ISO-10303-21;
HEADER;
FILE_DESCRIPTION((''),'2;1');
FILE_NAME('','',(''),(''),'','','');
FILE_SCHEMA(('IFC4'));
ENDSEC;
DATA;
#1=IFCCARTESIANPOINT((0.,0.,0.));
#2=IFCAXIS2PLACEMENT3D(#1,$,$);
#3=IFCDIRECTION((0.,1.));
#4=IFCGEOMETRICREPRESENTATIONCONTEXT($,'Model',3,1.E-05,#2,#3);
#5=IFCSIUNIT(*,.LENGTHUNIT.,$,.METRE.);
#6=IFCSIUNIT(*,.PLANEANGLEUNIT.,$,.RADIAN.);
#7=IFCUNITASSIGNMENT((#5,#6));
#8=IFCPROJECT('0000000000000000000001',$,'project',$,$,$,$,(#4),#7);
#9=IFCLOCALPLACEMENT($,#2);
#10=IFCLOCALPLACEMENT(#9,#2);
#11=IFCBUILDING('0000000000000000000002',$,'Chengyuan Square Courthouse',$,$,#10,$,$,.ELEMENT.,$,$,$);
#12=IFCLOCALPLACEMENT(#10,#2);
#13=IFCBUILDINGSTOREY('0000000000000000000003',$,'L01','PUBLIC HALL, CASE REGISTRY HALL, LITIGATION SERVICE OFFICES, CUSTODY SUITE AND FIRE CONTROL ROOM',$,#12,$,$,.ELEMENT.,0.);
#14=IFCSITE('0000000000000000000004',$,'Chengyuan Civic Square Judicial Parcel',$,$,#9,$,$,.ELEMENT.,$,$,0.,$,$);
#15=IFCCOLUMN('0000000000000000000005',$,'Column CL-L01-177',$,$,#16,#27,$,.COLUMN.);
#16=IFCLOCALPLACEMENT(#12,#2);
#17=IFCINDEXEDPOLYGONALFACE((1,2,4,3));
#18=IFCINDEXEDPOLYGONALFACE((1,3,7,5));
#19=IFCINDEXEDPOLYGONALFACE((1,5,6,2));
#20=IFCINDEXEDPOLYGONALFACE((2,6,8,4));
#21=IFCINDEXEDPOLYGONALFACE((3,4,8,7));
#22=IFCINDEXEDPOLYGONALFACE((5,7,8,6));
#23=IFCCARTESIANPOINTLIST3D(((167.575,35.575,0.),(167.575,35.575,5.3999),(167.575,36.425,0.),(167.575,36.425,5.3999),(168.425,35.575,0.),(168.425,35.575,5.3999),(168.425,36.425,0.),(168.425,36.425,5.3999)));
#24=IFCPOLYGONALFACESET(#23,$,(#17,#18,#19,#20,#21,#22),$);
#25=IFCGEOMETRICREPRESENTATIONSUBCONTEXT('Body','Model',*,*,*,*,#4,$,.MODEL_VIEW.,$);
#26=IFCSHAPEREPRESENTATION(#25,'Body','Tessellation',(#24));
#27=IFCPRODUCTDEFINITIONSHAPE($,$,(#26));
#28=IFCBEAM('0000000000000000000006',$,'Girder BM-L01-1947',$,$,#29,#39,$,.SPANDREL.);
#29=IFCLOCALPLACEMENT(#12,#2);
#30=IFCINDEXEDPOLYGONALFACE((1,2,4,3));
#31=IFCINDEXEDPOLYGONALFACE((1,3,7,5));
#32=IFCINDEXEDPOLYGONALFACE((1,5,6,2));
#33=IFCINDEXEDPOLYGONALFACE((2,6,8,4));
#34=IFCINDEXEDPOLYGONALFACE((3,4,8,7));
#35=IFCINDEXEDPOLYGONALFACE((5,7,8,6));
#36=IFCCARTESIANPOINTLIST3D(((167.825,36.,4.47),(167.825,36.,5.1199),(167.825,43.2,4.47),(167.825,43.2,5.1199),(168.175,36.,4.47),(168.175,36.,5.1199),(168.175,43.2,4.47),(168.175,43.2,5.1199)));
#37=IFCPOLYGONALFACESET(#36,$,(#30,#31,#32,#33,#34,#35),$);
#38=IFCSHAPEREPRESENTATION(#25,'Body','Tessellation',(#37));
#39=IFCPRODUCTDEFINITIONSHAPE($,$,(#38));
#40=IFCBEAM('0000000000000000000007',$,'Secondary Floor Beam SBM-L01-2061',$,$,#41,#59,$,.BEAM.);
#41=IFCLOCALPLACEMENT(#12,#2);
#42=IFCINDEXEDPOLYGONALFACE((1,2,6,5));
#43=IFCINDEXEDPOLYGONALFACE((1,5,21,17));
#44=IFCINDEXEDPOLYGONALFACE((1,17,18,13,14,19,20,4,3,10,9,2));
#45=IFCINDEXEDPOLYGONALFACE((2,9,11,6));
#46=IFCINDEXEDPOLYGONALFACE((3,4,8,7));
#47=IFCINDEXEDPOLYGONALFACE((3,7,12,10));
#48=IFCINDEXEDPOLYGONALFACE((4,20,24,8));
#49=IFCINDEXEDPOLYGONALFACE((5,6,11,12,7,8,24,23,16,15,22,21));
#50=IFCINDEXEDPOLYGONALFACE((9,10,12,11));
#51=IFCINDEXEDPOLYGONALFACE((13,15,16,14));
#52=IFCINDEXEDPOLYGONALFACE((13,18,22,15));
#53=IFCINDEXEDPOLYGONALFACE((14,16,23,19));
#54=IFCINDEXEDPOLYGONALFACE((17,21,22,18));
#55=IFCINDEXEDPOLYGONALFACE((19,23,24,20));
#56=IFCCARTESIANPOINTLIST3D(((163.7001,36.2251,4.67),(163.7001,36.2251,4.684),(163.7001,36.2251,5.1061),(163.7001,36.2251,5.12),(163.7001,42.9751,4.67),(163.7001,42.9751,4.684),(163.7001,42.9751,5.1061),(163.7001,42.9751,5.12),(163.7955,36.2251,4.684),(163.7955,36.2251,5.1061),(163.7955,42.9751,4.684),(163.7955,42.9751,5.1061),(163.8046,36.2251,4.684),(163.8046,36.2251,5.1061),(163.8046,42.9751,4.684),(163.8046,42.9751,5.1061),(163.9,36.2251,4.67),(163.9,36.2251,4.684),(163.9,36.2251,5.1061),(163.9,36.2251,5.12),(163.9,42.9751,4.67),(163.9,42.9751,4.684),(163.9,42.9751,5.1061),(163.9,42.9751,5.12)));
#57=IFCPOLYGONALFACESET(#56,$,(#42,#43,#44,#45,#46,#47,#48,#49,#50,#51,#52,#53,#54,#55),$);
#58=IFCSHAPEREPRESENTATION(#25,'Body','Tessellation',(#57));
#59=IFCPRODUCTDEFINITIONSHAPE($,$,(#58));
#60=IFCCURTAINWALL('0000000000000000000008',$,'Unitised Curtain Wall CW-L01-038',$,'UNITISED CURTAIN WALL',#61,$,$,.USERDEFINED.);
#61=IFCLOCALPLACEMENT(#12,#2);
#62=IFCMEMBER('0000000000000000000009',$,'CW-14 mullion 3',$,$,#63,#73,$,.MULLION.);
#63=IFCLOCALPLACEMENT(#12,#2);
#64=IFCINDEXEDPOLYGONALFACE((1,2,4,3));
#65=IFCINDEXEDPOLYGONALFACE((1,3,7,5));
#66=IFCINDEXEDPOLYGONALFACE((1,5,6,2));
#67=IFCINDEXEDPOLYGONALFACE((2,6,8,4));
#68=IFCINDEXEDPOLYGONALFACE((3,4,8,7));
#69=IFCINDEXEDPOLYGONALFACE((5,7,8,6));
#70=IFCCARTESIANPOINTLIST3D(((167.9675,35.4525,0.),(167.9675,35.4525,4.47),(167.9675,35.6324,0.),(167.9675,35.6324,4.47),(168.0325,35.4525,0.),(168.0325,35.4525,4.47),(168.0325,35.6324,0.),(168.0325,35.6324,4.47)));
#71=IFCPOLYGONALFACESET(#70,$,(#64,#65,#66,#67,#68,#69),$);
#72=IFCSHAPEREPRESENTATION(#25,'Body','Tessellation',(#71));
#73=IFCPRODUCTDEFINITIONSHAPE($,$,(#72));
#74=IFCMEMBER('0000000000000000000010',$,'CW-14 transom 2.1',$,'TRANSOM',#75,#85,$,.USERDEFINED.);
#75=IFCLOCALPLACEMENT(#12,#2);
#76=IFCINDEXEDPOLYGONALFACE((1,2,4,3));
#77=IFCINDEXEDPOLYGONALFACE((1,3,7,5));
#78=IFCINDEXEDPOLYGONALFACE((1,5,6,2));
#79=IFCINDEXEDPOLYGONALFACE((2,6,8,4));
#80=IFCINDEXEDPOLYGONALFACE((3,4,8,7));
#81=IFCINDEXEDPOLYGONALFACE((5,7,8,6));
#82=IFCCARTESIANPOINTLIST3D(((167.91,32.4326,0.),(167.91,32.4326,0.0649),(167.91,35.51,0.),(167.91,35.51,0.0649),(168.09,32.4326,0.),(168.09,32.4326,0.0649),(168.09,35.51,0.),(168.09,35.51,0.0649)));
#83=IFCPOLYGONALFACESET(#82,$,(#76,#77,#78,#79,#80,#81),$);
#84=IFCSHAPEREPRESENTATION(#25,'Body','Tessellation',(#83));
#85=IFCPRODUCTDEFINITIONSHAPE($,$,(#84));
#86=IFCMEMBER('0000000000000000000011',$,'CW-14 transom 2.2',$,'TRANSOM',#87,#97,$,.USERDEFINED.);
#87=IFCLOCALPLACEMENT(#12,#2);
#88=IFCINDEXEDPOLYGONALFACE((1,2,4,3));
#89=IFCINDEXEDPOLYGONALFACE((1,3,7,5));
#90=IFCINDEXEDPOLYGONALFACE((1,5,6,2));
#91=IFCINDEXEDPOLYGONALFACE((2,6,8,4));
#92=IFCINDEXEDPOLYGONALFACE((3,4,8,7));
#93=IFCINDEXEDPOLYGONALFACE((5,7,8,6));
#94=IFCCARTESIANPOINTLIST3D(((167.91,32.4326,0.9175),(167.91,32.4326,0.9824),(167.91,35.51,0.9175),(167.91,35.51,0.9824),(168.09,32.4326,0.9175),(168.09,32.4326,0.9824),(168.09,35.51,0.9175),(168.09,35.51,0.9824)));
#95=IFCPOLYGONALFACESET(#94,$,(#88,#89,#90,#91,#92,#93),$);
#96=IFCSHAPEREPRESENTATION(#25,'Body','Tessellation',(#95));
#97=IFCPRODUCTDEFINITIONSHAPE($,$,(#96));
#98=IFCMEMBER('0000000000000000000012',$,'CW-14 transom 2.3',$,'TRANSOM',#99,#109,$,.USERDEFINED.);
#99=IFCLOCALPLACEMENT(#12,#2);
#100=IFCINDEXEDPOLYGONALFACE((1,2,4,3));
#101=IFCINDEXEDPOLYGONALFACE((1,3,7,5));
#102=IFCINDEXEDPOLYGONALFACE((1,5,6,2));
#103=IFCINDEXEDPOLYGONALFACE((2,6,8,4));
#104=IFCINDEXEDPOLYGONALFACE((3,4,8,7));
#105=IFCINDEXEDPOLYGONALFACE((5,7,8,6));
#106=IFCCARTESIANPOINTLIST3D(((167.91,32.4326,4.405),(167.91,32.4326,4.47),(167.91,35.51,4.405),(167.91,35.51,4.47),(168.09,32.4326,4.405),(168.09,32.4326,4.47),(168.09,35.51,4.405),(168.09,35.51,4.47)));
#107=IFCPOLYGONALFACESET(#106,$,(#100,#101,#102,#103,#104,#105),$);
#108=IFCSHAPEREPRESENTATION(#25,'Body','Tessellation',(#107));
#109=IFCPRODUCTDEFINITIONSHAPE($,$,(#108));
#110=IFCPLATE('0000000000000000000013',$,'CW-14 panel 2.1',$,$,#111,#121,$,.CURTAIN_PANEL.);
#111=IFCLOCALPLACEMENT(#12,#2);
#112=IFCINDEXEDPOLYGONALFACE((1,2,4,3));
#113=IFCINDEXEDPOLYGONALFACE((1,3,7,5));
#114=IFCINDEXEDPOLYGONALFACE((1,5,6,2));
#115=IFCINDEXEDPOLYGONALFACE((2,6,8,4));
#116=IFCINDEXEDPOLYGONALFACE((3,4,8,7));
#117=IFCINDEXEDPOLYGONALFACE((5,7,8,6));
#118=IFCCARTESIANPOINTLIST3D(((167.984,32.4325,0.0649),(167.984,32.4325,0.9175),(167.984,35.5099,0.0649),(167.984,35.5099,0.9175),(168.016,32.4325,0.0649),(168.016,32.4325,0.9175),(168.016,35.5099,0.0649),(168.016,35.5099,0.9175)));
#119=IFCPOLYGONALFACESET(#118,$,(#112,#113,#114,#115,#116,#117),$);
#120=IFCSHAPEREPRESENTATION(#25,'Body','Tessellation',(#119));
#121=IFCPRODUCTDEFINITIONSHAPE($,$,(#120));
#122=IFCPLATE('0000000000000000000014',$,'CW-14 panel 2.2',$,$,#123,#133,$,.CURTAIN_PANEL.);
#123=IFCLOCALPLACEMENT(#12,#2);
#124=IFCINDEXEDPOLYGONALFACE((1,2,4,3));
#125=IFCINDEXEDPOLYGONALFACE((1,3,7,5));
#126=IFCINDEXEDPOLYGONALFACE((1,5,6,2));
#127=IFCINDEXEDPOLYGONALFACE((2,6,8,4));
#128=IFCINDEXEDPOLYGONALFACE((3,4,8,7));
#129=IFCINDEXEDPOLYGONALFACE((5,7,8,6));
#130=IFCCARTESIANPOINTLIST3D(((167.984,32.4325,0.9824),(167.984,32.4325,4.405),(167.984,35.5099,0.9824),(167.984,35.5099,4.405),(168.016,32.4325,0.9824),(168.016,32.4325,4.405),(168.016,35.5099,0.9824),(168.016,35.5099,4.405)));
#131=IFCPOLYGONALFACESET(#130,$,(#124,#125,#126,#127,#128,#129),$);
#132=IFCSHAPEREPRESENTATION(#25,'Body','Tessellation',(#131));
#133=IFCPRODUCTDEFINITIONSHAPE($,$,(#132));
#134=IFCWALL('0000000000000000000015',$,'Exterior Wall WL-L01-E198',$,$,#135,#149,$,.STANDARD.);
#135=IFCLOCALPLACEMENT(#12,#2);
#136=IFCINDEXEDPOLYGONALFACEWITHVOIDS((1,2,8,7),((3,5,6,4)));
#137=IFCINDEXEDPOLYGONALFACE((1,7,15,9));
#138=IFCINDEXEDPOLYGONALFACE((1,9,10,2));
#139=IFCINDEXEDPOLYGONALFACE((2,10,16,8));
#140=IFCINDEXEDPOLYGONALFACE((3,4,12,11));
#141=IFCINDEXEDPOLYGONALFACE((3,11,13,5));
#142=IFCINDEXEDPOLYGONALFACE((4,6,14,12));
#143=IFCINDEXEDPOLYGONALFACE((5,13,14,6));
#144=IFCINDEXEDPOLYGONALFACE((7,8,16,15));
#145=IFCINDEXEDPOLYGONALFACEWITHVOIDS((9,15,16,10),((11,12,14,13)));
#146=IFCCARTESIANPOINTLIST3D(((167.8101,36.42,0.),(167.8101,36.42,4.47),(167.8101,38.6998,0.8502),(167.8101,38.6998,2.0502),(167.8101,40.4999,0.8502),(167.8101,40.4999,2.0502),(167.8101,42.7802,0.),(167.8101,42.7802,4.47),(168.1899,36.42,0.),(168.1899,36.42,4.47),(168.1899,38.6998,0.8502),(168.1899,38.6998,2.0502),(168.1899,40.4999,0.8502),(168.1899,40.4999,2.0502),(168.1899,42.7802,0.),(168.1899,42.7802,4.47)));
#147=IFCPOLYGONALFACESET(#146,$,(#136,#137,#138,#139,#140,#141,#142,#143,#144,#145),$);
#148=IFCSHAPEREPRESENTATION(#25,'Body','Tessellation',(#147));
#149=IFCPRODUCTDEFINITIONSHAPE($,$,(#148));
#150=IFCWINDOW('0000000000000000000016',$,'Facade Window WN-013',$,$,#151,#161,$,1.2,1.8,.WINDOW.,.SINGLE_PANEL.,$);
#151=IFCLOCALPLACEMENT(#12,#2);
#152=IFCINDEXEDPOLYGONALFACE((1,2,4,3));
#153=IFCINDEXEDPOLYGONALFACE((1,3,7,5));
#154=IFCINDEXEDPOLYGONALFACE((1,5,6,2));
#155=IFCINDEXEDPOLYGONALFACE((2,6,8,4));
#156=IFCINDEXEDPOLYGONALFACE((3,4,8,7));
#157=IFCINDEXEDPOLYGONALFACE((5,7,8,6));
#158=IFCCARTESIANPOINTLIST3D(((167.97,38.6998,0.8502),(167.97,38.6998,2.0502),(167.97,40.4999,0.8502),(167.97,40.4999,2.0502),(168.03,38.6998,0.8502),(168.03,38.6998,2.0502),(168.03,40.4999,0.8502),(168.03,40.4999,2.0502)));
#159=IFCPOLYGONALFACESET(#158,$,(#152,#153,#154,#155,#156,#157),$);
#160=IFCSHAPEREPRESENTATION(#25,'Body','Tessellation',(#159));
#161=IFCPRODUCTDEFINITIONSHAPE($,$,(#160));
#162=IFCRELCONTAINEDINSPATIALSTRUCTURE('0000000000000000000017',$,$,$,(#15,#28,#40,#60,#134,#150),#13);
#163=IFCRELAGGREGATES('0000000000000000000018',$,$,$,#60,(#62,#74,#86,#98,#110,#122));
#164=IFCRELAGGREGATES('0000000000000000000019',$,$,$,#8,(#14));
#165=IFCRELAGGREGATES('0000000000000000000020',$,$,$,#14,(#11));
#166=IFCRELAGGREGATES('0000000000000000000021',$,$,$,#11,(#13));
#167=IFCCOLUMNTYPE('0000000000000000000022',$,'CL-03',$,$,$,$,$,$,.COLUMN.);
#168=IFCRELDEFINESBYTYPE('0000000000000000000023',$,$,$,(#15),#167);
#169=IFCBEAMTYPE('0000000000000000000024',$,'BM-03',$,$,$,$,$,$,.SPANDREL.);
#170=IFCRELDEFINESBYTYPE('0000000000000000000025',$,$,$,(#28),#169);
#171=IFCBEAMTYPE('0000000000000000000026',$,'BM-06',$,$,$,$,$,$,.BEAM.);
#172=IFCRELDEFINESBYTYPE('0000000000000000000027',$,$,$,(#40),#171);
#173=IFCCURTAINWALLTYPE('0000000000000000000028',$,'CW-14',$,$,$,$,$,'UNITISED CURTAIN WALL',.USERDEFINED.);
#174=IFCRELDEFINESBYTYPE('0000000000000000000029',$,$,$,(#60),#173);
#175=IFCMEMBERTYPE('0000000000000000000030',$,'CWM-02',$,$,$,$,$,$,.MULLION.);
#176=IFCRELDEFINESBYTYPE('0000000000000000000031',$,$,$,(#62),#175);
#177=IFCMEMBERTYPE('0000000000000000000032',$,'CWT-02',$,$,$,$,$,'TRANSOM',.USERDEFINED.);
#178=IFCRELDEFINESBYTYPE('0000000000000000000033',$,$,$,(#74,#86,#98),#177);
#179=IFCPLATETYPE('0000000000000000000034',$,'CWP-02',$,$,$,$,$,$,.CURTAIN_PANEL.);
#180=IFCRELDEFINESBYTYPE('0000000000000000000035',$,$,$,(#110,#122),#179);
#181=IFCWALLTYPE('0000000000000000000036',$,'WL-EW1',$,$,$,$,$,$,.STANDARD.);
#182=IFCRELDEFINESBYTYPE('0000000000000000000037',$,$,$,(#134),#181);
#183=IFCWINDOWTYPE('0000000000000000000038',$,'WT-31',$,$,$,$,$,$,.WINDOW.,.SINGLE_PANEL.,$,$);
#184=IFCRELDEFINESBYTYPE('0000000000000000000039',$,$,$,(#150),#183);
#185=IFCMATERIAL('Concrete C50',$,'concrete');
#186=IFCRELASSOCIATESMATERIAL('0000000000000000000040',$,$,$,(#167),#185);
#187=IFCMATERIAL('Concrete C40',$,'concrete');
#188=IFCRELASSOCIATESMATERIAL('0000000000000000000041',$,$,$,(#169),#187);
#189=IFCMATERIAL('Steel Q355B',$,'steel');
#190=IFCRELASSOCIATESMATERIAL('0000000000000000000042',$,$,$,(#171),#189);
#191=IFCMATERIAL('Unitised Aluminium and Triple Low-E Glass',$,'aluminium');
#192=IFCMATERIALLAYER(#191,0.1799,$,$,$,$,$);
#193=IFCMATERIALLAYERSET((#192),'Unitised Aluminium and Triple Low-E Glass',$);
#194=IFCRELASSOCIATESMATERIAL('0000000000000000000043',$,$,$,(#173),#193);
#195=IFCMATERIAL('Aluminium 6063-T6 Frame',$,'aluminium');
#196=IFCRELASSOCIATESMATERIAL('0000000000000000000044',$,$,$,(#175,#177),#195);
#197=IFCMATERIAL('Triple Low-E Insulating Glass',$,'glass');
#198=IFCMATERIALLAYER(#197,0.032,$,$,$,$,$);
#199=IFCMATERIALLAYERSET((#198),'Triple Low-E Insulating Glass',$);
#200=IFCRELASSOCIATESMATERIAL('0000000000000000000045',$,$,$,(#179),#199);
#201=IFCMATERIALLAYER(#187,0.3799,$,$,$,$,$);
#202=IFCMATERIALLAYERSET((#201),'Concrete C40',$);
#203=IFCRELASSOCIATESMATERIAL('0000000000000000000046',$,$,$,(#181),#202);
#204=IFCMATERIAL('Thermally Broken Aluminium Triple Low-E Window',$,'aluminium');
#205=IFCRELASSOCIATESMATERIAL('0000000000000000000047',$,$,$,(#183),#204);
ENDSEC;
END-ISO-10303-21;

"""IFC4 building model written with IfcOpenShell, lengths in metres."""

from ifc_helpers import new_model, si_unit, direction, frame, frame_2d, origin, origin_2d, place, context, subcontext, project, spatial, rectangle, i_section, extrude, material, layer, layer_set, material_profile, profile_set, type_object, element, fill, aggregate, save


model = new_model("IFC4")

# Units and contexts
model_context = context("Model", 3, precision=1e-05, world=origin(), true_north=direction((0.0, 1.0)))
body_context = subcontext(model_context, "Body", "Model", "MODEL_VIEW")
ifc_project = project(units=[si_unit("LENGTHUNIT", "METRE"), si_unit("PLANEANGLEUNIT", "RADIAN")], contexts=[model_context])

# Site, building, storey
site_placement = place(None, origin())
site = spatial("IfcSite", under=ifc_project, at=site_placement, Name="Chengyuan Civic Square Judicial Parcel", CompositionType="ELEMENT", RefElevation=0.0)
building_placement = place(site_placement, origin())
building = spatial("IfcBuilding", under=site, at=building_placement, Name="Chengyuan Square Courthouse", CompositionType="ELEMENT")
storey_placement = place(building_placement, origin())
storey = spatial("IfcBuildingStorey", under=building, at=storey_placement, Name="L01", Description="PUBLIC HALL, CASE REGISTRY HALL, LITIGATION SERVICE OFFICES, CUSTODY SUITE AND FIRE CONTROL ROOM", CompositionType="ELEMENT", Elevation=0.0)

# Column
ifc_material_1 = material(Name="Concrete C50", Category="concrete")
ifc_material_profile_1 = material_profile(ifc_material_1, rectangle(XDim=0.8501, YDim=0.8501, at=origin_2d()), Name="RC-COL-850x850")
ifc_profile_set_1 = profile_set([ifc_material_profile_1], Name="Concrete C50")
column_type = type_object("IfcColumnType", Name="CL-03", PredefinedType="COLUMN", material=ifc_profile_set_1)
column_placement = place(storey_placement, frame((168.0, 36.0, 0.0), z_axis=(0.0, 0.0, 1.0), x_axis=(1.0, 0.0, 0.0)))
element("IfcColumn", 1, at=column_placement, inside=storey, type_object=column_type, Name="Column CL-L01-177", PredefinedType="COLUMN", context=body_context, shape_type="SweptSolid", body=[
    extrude(rectangle(XDim=0.8501, YDim=0.8501, at=origin_2d()), origin(), (0.0, 0.0, 1.0), 5.3999),
])

# Beams
ifc_material_2 = material(Name="Concrete C40", Category="concrete")
ifc_material_profile_2 = material_profile(ifc_material_2, rectangle(XDim=0.3501, YDim=0.6499, at=origin_2d()), Name="RC-BM-350x650")
ifc_profile_set_2 = profile_set([ifc_material_profile_2], Name="Concrete C40")
beam_type_1 = type_object("IfcBeamType", Name="BM-03", PredefinedType="SPANDREL", material=ifc_profile_set_2)
beam_1_placement = place(storey_placement, frame((168.0, 36.0, 4.7949), z_axis=(0.0, 1.0, 0.0), x_axis=(-1.0, 0.0, 0.0)))
element("IfcBeam", 2, at=beam_1_placement, inside=storey, type_object=beam_type_1, Name="Girder BM-L01-1947", PredefinedType="SPANDREL", context=body_context, shape_type="SweptSolid", body=[
    extrude(rectangle(XDim=0.3501, YDim=0.6499, at=origin_2d()), origin(), (0.0, 0.0, 1.0), 7.2),
])
ifc_material_3 = material(Name="Steel Q355B", Category="steel")
ifc_material_profile_3 = material_profile(ifc_material_3, i_section(OverallWidth=0.2, OverallDepth=0.45, WebThickness=0.009, FlangeThickness=0.0139, at=origin_2d()), Name="HN 450x200x9x14")
ifc_profile_set_3 = profile_set([ifc_material_profile_3], Name="Steel Q355B")
beam_type_2 = type_object("IfcBeamType", Name="BM-06", PredefinedType="BEAM", material=ifc_profile_set_3)
beam_2_placement = place(storey_placement, frame((163.8, 36.2251, 4.895), z_axis=(0.0, 1.0, 0.0), x_axis=(-1.0, 0.0, 0.0)))
element("IfcBeam", 3, at=beam_2_placement, inside=storey, type_object=beam_type_2, Name="Secondary Floor Beam SBM-L01-2061", PredefinedType="BEAM", context=body_context, shape_type="SweptSolid", body=[
    extrude(i_section(OverallWidth=0.2, OverallDepth=0.45, WebThickness=0.009, FlangeThickness=0.0139, at=origin_2d()), origin(), (0.0, 0.0, 1.0), 6.75),
])

# Curtain wall, members, plates
ifc_material_4 = material(Name="Unitised Aluminium and Triple Low-E Glass", Category="aluminium")
ifc_layer_1 = layer(ifc_material_4, 0.1799)
ifc_layer_set_1 = layer_set([ifc_layer_1], Name="Unitised Aluminium and Triple Low-E Glass")
curtain_wall_type = type_object("IfcCurtainWallType", Name="CW-14", ElementType="UNITISED CURTAIN WALL", PredefinedType="USERDEFINED", material=ifc_layer_set_1)
curtain_wall_placement = place(storey_placement, origin())
curtain_wall = element("IfcCurtainWall", 4, at=curtain_wall_placement, inside=storey, type_object=curtain_wall_type, Name="Unitised Curtain Wall CW-L01-038", ObjectType="UNITISED CURTAIN WALL", PredefinedType="USERDEFINED")
ifc_material_5 = material(Name="Aluminium 6063-T6 Frame", Category="aluminium")
ifc_material_profile_4 = material_profile(ifc_material_5, rectangle(XDim=0.0649, YDim=0.1799, at=origin_2d()), Name="CW-MUL-65x180")
ifc_profile_set_4 = profile_set([ifc_material_profile_4], Name="Aluminium 6063-T6 Frame")
member_type_1 = type_object("IfcMemberType", Name="CWM-02", PredefinedType="MULLION", material=ifc_profile_set_4)
member_1_placement = place(storey_placement, frame((168.0, 35.5425, 0.0), z_axis=(0.0, 0.0, 1.0), x_axis=(-1.0, 0.0, 0.0)))
member_1 = element("IfcMember", 5, at=member_1_placement, type_object=member_type_1, Name="CW-14 mullion 3", PredefinedType="MULLION", context=body_context, shape_type="SweptSolid", body=[
    extrude(rectangle(XDim=0.0649, YDim=0.1799, at=origin_2d()), origin(), (0.0, 0.0, 1.0), 4.47),
])
ifc_material_profile_5 = material_profile(ifc_material_5, rectangle(XDim=0.1799, YDim=0.0649, at=origin_2d()), Name="CW-TRN-65x140")
ifc_profile_set_5 = profile_set([ifc_material_profile_5], Name="Aluminium 6063-T6 Frame")
member_type_2 = type_object("IfcMemberType", Name="CWT-02", ElementType="TRANSOM", PredefinedType="USERDEFINED", material=ifc_profile_set_5)
member_2_placement = place(storey_placement, frame((168.0, 32.4326, 0.0325), z_axis=(0.0, 1.0, 0.0), x_axis=(-1.0, 0.0, 0.0)))
member_2 = element("IfcMember", 6, at=member_2_placement, type_object=member_type_2, Name="CW-14 transom 2.1", ObjectType="TRANSOM", PredefinedType="USERDEFINED", context=body_context, shape_type="SweptSolid", body=[
    extrude(rectangle(XDim=0.1799, YDim=0.0649, at=origin_2d()), origin(), (0.0, 0.0, 1.0), 3.0774),
])
member_3_placement = place(storey_placement, frame((168.0, 32.4326, 0.95), z_axis=(0.0, 1.0, 0.0), x_axis=(-1.0, 0.0, 0.0)))
member_3 = element("IfcMember", 7, at=member_3_placement, type_object=member_type_2, Name="CW-14 transom 2.2", ObjectType="TRANSOM", PredefinedType="USERDEFINED", context=body_context, shape_type="SweptSolid", body=[
    extrude(rectangle(XDim=0.1799, YDim=0.0649, at=origin_2d()), origin(), (0.0, 0.0, 1.0), 3.0774),
])
member_4_placement = place(storey_placement, frame((168.0, 32.4326, 4.4375), z_axis=(0.0, 1.0, 0.0), x_axis=(-1.0, 0.0, 0.0)))
member_4 = element("IfcMember", 8, at=member_4_placement, type_object=member_type_2, Name="CW-14 transom 2.3", ObjectType="TRANSOM", PredefinedType="USERDEFINED", context=body_context, shape_type="SweptSolid", body=[
    extrude(rectangle(XDim=0.1799, YDim=0.0649, at=origin_2d()), origin(), (0.0, 0.0, 1.0), 3.0774),
])
ifc_material_6 = material(Name="Triple Low-E Insulating Glass", Category="glass")
ifc_layer_2 = layer(ifc_material_6, 0.032)
ifc_layer_set_2 = layer_set([ifc_layer_2], Name="Triple Low-E Insulating Glass")
plate_type = type_object("IfcPlateType", Name="CWP-02", PredefinedType="CURTAIN_PANEL", material=ifc_layer_set_2)
plate_1_placement = place(storey_placement, frame((168.0, 33.9712, 0.0649), z_axis=(0.0, 0.0, 1.0), x_axis=(0.0, 1.0, 0.0)))
plate_1 = element("IfcPlate", 9, at=plate_1_placement, type_object=plate_type, Name="CW-14 panel 2.1", PredefinedType="CURTAIN_PANEL", context=body_context, shape_type="SweptSolid", body=[
    extrude(rectangle(XDim=3.0774, YDim=0.032, at=origin_2d()), origin(), (0.0, 0.0, 1.0), 0.8525),
])
plate_2_placement = place(storey_placement, frame((168.0, 33.9712, 0.9824), z_axis=(0.0, 0.0, 1.0), x_axis=(0.0, 1.0, 0.0)))
plate_2 = element("IfcPlate", 10, at=plate_2_placement, type_object=plate_type, Name="CW-14 panel 2.2", PredefinedType="CURTAIN_PANEL", context=body_context, shape_type="SweptSolid", body=[
    extrude(rectangle(XDim=3.0774, YDim=0.032, at=origin_2d()), origin(), (0.0, 0.0, 1.0), 3.4226),
])
aggregate(curtain_wall, [member_1, member_2, member_3, member_4, plate_1, plate_2])

# Wall, opening, window
ifc_layer_3 = layer(ifc_material_2, 0.3799)
ifc_layer_set_3 = layer_set([ifc_layer_3], Name="Concrete C40")
wall_type_1 = type_object("IfcWallType", Name="WL-EW1", PredefinedType="STANDARD", material=ifc_layer_set_3)
wall_1_placement = place(storey_placement, frame((168.0, 36.4199, 0.0), z_axis=(0.0, 0.0, 1.0), x_axis=(0.0, 1.0, 0.0)))
wall_1 = element("IfcWall", 11, at=wall_1_placement, inside=storey, type_object=wall_type_1, Name="Exterior Wall WL-L01-E198", PredefinedType="STANDARD", context=body_context, shape_type="SweptSolid", body=[
    extrude(rectangle(XDim=6.3601, YDim=0.3799, at=frame_2d((3.1802, 0.0))), origin(), (0.0, 0.0, 1.0), 4.47),
])
opening_1_placement = place(wall_1_placement, frame((2.28, 0.0, 0.8501)))
opening_1 = element("IfcOpeningElement", 12, at=opening_1_placement, cuts=wall_1, PredefinedType="OPENING", context=body_context, shape_type="SweptSolid", body=[
    extrude(rectangle(XDim=1.8, YDim=1.2, at=frame_2d((0.8999, 0.6001))), frame((0.0, 0.2019, 0.0), z_axis=(0.0, -1.0, 0.0), x_axis=(1.0, 0.0, 0.0)), (0.0, 0.0, 1.0), 0.4038),
])
ifc_material_7 = material(Name="Thermally Broken Aluminium Triple Low-E Window", Category="aluminium")
window_type = type_object("IfcWindowType", Name="WT-31", PartitioningType="SINGLE_PANEL", PredefinedType="WINDOW", material=ifc_material_7)
window_placement = place(opening_1_placement, origin())
window = element("IfcWindow", 13, at=window_placement, inside=storey, type_object=window_type, Name="Facade Window WN-013", OverallHeight=1.2, OverallWidth=1.8, PartitioningType="SINGLE_PANEL", PredefinedType="WINDOW", context=body_context, shape_type="SweptSolid", body=[
    extrude(rectangle(XDim=1.8, YDim=1.2, at=frame_2d((0.8999, 0.6001))), frame((0.0, 0.03, 0.0), z_axis=(0.0, -1.0, 0.0), x_axis=(1.0, 0.0, 0.0)), (0.0, 0.0, 1.0), 0.0601),
])
fill(opening_1, window)

save(model, "model.ifc")
